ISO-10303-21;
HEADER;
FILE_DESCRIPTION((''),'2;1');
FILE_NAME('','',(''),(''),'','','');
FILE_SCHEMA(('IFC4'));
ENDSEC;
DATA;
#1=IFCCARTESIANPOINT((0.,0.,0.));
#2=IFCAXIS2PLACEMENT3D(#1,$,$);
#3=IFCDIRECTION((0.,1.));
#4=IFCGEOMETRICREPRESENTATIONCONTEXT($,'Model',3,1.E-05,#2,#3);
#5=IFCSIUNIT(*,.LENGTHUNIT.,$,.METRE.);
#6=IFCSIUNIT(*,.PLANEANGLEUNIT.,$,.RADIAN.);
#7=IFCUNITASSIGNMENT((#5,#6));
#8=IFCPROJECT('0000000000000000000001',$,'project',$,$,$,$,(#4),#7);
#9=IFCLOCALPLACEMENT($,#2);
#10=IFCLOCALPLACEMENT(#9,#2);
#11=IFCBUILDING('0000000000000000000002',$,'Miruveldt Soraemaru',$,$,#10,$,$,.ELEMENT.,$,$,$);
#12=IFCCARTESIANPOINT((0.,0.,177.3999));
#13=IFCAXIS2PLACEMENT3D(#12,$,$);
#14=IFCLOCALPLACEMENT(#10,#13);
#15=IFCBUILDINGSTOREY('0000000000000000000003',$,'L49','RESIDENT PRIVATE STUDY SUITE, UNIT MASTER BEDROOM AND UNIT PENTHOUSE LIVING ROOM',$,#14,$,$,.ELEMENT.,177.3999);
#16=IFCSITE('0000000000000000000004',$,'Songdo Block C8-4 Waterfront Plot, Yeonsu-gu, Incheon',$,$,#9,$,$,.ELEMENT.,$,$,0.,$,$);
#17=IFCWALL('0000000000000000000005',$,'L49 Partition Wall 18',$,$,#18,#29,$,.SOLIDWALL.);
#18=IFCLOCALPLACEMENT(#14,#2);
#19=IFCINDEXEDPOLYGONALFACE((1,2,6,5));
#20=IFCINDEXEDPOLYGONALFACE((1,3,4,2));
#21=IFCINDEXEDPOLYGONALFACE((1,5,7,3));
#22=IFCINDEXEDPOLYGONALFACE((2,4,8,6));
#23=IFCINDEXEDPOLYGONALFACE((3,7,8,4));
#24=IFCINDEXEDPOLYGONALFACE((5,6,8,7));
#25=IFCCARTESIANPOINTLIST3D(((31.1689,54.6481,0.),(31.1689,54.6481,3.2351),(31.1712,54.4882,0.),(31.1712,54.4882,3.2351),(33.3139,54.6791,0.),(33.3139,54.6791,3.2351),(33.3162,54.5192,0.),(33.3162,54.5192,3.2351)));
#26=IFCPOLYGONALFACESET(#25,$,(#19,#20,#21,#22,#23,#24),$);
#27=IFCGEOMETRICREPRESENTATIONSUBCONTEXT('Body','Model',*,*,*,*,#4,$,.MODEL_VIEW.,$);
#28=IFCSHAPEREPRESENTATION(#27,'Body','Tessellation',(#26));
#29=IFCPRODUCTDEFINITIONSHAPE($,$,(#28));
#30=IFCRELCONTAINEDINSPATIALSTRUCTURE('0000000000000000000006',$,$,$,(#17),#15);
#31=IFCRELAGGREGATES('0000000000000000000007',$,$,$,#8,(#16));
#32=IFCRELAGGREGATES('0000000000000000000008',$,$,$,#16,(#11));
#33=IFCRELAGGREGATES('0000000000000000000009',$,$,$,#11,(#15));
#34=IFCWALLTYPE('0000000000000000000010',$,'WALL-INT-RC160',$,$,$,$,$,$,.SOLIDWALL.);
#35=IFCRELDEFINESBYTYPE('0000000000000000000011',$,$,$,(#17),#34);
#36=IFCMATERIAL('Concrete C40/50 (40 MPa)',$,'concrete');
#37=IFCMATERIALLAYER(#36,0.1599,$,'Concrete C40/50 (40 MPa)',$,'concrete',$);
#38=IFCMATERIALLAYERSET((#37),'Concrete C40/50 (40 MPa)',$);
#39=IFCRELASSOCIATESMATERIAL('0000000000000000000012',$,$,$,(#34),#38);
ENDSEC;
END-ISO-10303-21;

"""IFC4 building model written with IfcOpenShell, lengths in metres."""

from ifc_helpers import new_model, si_unit, direction, frame, frame_2d, origin, place, context, subcontext, project, spatial, rectangle, extrude, material, layer, layer_set, type_object, element, save


model = new_model("IFC4")

# Units and contexts
model_context = context("Model", 3, precision=1e-05, world=origin(), true_north=direction((0.0, 1.0)))
body_context = subcontext(model_context, "Body", "Model", "MODEL_VIEW")
ifc_project = project(units=[si_unit("LENGTHUNIT", "METRE"), si_unit("PLANEANGLEUNIT", "RADIAN")], contexts=[model_context])

# Site, building, storey
site_placement = place(None, origin())
site = spatial("IfcSite", under=ifc_project, at=site_placement, Name="Songdo Block C8-4 Waterfront Plot, Yeonsu-gu, Incheon", CompositionType="ELEMENT", RefElevation=0.0)
building_placement = place(site_placement, origin())
building = spatial("IfcBuilding", under=site, at=building_placement, Name="Miruveldt Soraemaru", CompositionType="ELEMENT")
storey_placement = place(building_placement, frame((0.0, 0.0, 177.3999)))
storey = spatial("IfcBuildingStorey", under=building, at=storey_placement, Name="L49", Description="RESIDENT PRIVATE STUDY SUITE, UNIT MASTER BEDROOM AND UNIT PENTHOUSE LIVING ROOM", CompositionType="ELEMENT", Elevation=177.3999)

# Shared definitions
ifc_material_1 = material(Name="Concrete C40/50 (40 MPa)", Category="concrete")
ifc_layer_1 = layer(ifc_material_1, 0.1599, Name="Concrete C40/50 (40 MPa)", Category="concrete")
ifc_layer_set_1 = layer_set([ifc_layer_1], Name="Concrete C40/50 (40 MPa)")
wall_type_1 = type_object("IfcWallType", Name="WALL-INT-RC160", PredefinedType="SOLIDWALL", material=ifc_layer_set_1)

# Wall
wall_1_placement = place(storey_placement, frame((31.1699, 54.5681, 0.0), z_axis=(0.0, 0.0, 1.0), x_axis=(0.999896, 0.014453, 0.0)))
element("IfcWall", 1, at=wall_1_placement, inside=storey, type_object=wall_type_1, Name="L49 Partition Wall 18", PredefinedType="SOLIDWALL", context=body_context, shape_type="SweptSolid", body=[
    extrude(rectangle(XDim=2.1453, YDim=0.1599, at=frame_2d((1.0728, 0.0))), origin(), (0.0, 0.0, 1.0), 3.2351),
])

save(model, "model.ifc")
